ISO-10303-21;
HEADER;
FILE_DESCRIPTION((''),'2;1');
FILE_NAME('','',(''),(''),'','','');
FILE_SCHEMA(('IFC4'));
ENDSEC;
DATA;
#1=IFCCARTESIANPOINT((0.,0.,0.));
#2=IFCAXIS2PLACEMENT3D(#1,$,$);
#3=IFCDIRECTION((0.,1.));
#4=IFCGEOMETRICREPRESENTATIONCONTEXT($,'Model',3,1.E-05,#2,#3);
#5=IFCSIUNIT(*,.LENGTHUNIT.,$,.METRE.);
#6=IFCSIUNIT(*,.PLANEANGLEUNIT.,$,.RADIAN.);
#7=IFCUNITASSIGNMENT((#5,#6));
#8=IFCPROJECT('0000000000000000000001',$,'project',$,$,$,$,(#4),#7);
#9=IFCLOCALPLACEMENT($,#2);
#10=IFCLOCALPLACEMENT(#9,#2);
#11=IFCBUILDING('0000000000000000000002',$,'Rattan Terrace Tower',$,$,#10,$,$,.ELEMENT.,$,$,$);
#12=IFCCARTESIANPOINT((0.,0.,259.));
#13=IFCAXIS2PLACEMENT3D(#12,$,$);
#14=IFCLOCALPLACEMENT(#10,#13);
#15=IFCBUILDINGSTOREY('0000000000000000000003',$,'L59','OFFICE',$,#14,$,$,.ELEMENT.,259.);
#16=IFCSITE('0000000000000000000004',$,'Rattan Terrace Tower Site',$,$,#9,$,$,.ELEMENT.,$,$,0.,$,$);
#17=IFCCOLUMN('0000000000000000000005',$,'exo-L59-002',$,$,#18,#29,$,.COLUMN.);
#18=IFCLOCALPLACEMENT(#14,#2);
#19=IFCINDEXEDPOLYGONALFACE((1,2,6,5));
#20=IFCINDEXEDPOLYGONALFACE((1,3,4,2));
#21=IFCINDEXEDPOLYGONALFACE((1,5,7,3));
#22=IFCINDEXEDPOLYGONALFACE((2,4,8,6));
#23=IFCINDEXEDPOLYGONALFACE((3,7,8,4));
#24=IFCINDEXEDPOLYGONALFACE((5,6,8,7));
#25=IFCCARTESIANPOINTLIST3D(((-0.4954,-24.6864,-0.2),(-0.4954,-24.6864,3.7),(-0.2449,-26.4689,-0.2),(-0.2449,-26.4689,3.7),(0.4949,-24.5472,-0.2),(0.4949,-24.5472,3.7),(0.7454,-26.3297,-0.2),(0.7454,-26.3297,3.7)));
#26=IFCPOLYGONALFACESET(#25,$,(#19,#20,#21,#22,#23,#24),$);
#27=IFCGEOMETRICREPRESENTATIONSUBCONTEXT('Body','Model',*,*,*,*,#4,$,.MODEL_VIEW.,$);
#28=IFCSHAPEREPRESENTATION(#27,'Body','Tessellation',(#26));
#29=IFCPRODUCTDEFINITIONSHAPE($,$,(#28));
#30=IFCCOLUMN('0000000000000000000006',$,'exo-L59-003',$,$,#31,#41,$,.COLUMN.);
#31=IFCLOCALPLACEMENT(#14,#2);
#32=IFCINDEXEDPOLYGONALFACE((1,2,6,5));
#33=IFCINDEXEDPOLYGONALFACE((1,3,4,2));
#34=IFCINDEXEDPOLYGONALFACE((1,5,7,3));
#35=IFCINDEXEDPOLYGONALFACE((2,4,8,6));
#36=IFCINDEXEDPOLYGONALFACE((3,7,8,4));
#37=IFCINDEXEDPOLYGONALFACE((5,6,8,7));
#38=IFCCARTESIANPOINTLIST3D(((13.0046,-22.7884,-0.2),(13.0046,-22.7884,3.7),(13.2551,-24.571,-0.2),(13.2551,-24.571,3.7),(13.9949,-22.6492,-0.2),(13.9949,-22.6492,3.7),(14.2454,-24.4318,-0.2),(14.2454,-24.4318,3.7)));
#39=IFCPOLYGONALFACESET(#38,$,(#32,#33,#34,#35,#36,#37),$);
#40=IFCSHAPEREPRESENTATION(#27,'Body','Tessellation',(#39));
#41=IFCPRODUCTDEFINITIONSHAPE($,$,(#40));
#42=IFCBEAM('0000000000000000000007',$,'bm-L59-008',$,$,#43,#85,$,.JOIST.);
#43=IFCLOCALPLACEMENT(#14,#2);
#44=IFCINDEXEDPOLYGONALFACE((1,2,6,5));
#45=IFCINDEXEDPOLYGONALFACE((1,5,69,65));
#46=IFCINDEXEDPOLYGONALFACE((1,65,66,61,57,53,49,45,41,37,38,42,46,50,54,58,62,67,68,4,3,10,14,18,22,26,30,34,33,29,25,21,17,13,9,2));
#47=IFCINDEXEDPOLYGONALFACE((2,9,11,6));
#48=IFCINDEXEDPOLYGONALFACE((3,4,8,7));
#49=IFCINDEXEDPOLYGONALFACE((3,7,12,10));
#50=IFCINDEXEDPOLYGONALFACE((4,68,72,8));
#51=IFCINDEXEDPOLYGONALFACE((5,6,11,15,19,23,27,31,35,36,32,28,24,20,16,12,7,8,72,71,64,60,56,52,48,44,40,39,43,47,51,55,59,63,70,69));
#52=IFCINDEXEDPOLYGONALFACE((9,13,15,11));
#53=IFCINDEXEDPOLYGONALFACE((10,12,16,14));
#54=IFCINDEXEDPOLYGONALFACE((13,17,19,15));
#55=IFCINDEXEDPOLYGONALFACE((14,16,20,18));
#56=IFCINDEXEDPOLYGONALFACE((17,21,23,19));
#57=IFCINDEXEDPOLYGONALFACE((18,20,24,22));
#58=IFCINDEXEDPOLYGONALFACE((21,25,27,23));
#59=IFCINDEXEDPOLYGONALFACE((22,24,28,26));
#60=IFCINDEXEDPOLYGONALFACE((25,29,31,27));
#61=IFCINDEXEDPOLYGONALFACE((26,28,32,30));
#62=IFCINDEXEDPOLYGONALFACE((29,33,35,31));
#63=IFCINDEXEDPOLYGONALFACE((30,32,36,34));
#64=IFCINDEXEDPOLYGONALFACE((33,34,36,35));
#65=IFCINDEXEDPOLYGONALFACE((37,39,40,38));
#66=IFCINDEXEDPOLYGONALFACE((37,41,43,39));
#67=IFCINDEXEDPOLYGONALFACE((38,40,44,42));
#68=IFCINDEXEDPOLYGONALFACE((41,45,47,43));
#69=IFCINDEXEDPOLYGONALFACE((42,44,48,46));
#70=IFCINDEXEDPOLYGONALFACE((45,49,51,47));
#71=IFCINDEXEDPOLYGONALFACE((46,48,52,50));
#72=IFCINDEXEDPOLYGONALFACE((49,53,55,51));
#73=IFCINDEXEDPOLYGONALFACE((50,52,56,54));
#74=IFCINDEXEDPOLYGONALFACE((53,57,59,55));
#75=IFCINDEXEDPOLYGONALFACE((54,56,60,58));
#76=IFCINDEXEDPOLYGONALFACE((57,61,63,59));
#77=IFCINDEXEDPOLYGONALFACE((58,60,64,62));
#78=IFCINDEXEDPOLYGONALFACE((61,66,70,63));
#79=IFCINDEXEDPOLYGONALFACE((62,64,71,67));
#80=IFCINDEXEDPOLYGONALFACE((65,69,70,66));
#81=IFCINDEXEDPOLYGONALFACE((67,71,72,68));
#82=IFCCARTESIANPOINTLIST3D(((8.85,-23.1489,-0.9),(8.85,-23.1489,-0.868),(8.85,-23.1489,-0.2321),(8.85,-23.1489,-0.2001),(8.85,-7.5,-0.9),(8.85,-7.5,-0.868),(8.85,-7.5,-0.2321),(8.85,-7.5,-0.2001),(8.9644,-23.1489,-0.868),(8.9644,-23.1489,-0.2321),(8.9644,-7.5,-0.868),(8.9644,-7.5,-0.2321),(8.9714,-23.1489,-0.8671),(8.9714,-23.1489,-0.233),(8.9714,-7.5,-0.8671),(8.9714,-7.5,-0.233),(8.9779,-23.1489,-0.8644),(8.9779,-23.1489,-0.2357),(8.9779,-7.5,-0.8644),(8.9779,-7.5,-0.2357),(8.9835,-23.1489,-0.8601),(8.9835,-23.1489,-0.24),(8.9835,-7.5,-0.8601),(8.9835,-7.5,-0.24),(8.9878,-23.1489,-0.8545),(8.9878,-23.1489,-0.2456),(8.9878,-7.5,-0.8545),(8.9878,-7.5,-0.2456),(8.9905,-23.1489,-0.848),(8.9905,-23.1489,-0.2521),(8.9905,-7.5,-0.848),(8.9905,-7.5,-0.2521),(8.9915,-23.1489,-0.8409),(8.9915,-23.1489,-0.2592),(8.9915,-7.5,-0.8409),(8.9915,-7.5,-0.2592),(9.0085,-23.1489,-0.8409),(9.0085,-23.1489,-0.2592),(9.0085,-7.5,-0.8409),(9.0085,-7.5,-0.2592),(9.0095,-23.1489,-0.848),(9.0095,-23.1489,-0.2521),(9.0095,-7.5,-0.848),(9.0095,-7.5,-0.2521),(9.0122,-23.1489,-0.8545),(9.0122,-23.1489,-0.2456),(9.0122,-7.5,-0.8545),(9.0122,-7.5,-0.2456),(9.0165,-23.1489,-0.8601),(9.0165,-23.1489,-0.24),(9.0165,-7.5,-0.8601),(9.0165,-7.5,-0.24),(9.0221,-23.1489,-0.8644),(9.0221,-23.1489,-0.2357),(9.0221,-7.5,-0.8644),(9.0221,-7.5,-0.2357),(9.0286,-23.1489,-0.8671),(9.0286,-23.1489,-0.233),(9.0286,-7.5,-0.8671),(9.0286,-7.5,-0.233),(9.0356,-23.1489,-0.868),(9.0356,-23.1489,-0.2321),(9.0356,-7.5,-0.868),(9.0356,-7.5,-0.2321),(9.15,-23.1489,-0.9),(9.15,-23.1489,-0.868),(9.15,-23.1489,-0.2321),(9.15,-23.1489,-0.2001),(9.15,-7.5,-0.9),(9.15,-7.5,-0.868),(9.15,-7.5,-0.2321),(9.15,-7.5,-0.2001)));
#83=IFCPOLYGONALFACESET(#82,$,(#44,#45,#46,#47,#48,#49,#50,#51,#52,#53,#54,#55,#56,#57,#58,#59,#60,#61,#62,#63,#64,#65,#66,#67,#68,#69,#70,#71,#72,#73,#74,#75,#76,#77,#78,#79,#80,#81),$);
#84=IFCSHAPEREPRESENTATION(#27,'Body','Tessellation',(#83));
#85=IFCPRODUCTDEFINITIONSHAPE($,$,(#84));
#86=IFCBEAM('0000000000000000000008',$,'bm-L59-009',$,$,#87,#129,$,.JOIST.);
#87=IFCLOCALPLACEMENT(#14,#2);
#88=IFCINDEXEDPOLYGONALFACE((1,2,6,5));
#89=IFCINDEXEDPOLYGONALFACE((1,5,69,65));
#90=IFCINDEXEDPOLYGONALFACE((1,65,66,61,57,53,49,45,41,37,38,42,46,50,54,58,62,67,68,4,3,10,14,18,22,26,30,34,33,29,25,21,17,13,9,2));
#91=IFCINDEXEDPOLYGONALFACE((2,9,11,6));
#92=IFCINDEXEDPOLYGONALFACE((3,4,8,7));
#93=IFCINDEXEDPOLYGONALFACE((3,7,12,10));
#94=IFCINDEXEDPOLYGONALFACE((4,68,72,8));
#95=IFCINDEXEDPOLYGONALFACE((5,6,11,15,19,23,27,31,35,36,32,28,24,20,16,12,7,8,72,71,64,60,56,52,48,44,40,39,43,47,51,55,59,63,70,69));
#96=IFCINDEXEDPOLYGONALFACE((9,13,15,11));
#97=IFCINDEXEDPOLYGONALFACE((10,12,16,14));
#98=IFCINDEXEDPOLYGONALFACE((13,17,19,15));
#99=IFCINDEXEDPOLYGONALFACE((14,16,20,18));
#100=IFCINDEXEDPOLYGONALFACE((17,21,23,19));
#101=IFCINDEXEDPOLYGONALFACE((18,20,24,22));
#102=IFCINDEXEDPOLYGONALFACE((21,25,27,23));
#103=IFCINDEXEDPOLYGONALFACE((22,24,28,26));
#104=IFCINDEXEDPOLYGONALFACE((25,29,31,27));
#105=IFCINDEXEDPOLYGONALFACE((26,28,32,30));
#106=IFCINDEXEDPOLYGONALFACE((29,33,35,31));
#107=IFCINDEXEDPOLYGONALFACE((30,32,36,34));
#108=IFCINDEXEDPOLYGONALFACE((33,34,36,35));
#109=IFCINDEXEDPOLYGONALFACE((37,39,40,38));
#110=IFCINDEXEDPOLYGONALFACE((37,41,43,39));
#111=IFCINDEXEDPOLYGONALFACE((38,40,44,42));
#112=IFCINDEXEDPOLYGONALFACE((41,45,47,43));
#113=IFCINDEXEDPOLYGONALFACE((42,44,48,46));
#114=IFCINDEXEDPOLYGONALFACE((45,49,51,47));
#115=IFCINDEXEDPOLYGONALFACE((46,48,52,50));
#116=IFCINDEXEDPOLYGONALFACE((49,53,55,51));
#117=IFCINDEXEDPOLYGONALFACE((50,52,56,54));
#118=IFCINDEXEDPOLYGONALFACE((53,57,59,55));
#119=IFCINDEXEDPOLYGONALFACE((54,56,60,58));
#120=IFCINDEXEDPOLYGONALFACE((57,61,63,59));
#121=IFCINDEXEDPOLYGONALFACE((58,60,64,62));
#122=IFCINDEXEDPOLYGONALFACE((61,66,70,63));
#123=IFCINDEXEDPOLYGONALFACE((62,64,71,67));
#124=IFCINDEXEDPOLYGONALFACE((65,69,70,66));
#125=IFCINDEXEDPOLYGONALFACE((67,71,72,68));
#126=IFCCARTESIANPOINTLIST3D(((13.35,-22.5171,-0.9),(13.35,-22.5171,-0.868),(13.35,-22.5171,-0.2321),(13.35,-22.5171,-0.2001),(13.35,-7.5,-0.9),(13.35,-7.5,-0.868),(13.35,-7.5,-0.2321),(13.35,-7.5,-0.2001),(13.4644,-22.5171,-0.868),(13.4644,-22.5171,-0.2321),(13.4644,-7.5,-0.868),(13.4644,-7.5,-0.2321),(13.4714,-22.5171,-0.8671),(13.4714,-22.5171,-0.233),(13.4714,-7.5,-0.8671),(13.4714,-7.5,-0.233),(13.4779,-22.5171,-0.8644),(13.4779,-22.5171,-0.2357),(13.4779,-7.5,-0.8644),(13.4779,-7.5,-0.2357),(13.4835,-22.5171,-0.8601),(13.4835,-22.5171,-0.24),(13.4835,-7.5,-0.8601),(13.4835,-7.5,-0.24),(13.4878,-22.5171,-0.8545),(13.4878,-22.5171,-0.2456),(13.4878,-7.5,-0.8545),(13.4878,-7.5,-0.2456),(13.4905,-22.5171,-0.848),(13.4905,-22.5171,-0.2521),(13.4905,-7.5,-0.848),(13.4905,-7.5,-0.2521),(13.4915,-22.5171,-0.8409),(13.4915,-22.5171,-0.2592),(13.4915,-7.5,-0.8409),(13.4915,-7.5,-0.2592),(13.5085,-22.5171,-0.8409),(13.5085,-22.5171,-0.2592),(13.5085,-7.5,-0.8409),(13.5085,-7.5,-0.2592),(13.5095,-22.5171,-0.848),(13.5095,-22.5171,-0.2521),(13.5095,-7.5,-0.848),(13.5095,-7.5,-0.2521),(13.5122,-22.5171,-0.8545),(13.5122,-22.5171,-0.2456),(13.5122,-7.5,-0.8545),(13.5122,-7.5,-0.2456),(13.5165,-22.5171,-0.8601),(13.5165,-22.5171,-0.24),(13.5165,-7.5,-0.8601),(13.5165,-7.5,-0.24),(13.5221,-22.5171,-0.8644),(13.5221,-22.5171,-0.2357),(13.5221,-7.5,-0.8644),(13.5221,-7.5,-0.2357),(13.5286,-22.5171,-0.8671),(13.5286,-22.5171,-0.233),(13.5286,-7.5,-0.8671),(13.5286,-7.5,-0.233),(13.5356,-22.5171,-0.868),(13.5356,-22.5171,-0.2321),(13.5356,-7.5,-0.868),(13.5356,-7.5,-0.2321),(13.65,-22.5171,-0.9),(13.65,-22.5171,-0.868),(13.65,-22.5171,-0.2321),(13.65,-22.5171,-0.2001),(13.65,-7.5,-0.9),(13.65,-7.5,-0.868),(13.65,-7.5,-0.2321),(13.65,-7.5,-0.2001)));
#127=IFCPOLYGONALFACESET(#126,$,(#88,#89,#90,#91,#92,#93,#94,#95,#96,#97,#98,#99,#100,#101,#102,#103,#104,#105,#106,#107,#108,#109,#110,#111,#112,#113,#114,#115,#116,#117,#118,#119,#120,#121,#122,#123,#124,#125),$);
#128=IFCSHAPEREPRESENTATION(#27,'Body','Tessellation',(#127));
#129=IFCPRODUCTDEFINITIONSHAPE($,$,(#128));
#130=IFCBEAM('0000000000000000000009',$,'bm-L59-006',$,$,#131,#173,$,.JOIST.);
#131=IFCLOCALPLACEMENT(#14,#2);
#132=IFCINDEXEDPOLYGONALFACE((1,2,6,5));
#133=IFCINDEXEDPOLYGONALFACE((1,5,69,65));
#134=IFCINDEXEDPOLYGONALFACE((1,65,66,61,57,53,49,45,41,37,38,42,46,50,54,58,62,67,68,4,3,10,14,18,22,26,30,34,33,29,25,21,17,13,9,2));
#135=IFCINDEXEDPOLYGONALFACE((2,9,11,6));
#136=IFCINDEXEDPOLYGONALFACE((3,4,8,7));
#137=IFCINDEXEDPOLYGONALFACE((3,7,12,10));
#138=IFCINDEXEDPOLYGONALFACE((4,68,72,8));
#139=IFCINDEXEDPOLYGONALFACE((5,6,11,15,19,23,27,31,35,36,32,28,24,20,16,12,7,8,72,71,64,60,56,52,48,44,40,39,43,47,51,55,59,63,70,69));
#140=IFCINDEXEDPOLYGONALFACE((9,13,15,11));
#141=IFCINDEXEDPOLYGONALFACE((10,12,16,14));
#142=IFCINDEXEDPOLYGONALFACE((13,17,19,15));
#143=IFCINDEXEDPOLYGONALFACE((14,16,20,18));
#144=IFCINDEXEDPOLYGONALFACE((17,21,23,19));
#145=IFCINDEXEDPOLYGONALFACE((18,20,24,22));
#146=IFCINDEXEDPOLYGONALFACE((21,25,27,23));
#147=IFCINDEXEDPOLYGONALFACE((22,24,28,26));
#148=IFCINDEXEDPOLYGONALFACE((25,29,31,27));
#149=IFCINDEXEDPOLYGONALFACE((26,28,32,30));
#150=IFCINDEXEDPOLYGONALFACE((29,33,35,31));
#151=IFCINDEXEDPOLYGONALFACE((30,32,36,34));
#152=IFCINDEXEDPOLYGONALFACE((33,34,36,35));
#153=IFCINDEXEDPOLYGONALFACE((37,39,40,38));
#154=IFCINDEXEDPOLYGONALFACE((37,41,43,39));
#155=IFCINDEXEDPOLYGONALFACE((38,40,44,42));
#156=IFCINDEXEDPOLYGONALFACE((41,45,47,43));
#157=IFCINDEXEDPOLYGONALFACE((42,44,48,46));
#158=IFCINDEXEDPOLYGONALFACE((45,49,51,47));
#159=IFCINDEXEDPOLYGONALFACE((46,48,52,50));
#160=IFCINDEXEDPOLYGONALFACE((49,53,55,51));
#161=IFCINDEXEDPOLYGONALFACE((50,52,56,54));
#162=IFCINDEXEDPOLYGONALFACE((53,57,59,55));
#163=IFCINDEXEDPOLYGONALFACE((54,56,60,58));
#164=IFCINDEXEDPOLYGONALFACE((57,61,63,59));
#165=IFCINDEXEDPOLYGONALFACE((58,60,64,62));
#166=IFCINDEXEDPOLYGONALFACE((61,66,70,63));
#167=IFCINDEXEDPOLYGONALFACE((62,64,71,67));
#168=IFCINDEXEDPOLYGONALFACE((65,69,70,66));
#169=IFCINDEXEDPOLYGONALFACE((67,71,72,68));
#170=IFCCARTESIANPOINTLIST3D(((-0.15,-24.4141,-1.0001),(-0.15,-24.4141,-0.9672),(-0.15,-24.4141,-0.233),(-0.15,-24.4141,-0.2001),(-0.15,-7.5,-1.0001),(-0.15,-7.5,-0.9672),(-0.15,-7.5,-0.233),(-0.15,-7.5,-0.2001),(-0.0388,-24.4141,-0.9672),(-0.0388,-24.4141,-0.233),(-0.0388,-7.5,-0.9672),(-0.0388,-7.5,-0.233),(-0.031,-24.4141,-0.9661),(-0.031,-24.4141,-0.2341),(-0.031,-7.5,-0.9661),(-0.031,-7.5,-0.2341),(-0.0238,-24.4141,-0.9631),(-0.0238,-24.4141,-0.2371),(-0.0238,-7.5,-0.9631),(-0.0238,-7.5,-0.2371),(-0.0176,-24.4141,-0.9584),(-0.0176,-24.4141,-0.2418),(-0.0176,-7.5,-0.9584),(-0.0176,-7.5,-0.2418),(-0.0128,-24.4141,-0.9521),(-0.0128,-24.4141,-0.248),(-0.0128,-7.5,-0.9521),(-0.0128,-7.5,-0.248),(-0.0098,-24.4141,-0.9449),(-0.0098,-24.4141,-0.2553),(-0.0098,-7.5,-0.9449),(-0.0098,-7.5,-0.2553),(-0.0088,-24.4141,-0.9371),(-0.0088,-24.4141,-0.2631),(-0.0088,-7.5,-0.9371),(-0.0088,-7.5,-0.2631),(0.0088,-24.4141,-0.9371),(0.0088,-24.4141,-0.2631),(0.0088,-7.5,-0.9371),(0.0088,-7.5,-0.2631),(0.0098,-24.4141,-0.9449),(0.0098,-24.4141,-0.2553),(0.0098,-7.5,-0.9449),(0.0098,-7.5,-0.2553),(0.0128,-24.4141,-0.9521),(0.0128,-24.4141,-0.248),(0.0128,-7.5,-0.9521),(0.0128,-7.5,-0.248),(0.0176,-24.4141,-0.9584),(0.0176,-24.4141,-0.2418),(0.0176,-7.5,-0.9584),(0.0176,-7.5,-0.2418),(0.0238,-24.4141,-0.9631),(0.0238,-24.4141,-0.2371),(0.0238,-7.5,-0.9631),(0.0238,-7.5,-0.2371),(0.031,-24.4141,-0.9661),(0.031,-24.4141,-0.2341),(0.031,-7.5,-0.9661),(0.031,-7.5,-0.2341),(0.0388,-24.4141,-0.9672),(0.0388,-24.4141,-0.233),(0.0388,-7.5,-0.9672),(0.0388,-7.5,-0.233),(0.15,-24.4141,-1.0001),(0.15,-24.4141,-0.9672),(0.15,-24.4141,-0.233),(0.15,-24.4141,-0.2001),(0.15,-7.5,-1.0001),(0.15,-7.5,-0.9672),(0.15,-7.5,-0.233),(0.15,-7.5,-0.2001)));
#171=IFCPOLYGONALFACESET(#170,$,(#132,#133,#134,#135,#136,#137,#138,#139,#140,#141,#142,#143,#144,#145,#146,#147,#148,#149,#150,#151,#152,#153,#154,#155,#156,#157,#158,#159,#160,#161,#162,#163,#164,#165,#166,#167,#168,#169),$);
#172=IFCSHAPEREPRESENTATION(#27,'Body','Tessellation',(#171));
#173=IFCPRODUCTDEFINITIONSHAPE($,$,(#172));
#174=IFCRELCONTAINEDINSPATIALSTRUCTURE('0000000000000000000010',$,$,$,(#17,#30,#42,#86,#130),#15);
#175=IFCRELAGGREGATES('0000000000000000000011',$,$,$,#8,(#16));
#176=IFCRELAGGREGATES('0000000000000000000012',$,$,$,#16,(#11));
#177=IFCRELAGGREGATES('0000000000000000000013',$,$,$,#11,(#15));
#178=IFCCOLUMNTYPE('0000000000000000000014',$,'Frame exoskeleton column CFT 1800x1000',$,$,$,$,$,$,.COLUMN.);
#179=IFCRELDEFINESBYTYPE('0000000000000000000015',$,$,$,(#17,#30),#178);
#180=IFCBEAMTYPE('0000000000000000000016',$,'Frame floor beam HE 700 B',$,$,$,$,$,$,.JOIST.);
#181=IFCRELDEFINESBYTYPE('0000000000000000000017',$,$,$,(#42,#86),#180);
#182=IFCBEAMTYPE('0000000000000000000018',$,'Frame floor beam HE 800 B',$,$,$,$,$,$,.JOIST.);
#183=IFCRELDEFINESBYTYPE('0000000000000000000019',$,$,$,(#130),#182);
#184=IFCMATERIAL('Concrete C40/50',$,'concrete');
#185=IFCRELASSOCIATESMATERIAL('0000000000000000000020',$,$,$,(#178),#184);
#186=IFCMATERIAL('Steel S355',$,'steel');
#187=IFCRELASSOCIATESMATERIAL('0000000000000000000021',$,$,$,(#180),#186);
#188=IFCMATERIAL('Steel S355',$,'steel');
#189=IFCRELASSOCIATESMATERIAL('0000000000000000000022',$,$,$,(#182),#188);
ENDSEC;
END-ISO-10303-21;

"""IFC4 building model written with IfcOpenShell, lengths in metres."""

from ifc_helpers import new_model, si_unit, direction, frame, origin, origin_2d, place, context, subcontext, project, spatial, rectangle, i_section, extrude, material, material_profile, profile_set, type_object, element, save


model = new_model("IFC4")

# Units and contexts
model_context = context("Model", 3, precision=1e-05, world=origin(), true_north=direction((0.0, 1.0)))
body_context = subcontext(model_context, "Body", "Model", "MODEL_VIEW")
ifc_project = project(units=[si_unit("LENGTHUNIT", "METRE"), si_unit("PLANEANGLEUNIT", "RADIAN")], contexts=[model_context])

# Site, building, storey
site_placement = place(None, origin())
site = spatial("IfcSite", under=ifc_project, at=site_placement, Name="Rattan Terrace Tower Site", CompositionType="ELEMENT", RefElevation=0.0)
building_placement = place(site_placement, origin())
building = spatial("IfcBuilding", under=site, at=building_placement, Name="Rattan Terrace Tower", CompositionType="ELEMENT")
storey_placement = place(building_placement, frame((0.0, 0.0, 259.0)))
storey = spatial("IfcBuildingStorey", under=building, at=storey_placement, Name="L59", Description="OFFICE", CompositionType="ELEMENT", Elevation=259.0)

# Columns
ifc_material_1 = material(Name="Concrete C40/50", Category="concrete")
ifc_material_profile_1 = material_profile(ifc_material_1, rectangle(XDim=1.0, YDim=1.8, at=origin_2d()), Name="CFT 1800x1000")
ifc_profile_set_1 = profile_set([ifc_material_profile_1], Name="Concrete C40/50")
column_type = type_object("IfcColumnType", Name="Frame exoskeleton column CFT 1800x1000", PredefinedType="COLUMN", material=ifc_profile_set_1)
for number, where, z_axis, x_axis, name in (
    (1, (0.125, -25.5081, -0.2), (0.0, 0.0, 1.0), (0.990266, 0.13919, 0.0), "exo-L59-002"),
    (2, (13.625, -23.6101, -0.2), (0.0, 0.0, 1.0), (0.990266, 0.13919, 0.0), "exo-L59-003"),
):
    element("IfcColumn", number, at=place(storey_placement, frame(where, z_axis=z_axis, x_axis=x_axis)), inside=storey, type_object=column_type, Name=name, PredefinedType="COLUMN", context=body_context, shape_type="SweptSolid", body=[
        extrude(rectangle(XDim=1.0, YDim=1.8, at=origin_2d()), origin(), (0.0, 0.0, 1.0), 3.8999),
    ])

# Beams
ifc_material_2 = material(Name="Steel S355", Category="steel")
ifc_material_profile_2 = material_profile(ifc_material_2, i_section(OverallWidth=0.3, OverallDepth=0.7, WebThickness=0.0171, FlangeThickness=0.032, FilletRadius=0.0271, at=origin_2d()), Name="HE 700 B")
ifc_profile_set_2 = profile_set([ifc_material_profile_2], Name="Steel S355")
beam_type_1 = type_object("IfcBeamType", Name="Frame floor beam HE 700 B", PredefinedType="JOIST", material=ifc_profile_set_2)
beam_1_placement = place(storey_placement, frame((9.0, -23.1489, -0.55), z_axis=(0.0, 1.0, 0.0), x_axis=(-1.0, 0.0, 0.0)))
element("IfcBeam", 3, at=beam_1_placement, inside=storey, type_object=beam_type_1, Name="bm-L59-008", PredefinedType="JOIST", context=body_context, shape_type="SweptSolid", body=[
    extrude(i_section(OverallWidth=0.3, OverallDepth=0.7, WebThickness=0.0171, FlangeThickness=0.032, FilletRadius=0.0271, at=origin_2d()), origin(), (0.0, 0.0, 1.0), 15.6489),
])
beam_2_placement = place(storey_placement, frame((13.5, -22.5171, -0.55), z_axis=(0.0, 1.0, 0.0), x_axis=(-1.0, 0.0, 0.0)))
element("IfcBeam", 4, at=beam_2_placement, inside=storey, type_object=beam_type_1, Name="bm-L59-009", PredefinedType="JOIST", context=body_context, shape_type="SweptSolid", body=[
    extrude(i_section(OverallWidth=0.3, OverallDepth=0.7, WebThickness=0.0171, FlangeThickness=0.032, FilletRadius=0.0271, at=origin_2d()), origin(), (0.0, 0.0, 1.0), 15.0171),
])
ifc_material_3 = material(Name="Steel S355", Category="steel")
ifc_material_profile_3 = material_profile(ifc_material_3, i_section(OverallWidth=0.3, OverallDepth=0.8, WebThickness=0.0176, FlangeThickness=0.033, FilletRadius=0.03, at=origin_2d()), Name="HE 800 B")
ifc_profile_set_3 = profile_set([ifc_material_profile_3], Name="Steel S355")
beam_type_2 = type_object("IfcBeamType", Name="Frame floor beam HE 800 B", PredefinedType="JOIST", material=ifc_profile_set_3)
beam_3_placement = place(storey_placement, frame((0.0, -24.4141, -0.6001), z_axis=(0.0, 1.0, 0.0), x_axis=(-1.0, 0.0, 0.0)))
element("IfcBeam", 5, at=beam_3_placement, inside=storey, type_object=beam_type_2, Name="bm-L59-006", PredefinedType="JOIST", context=body_context, shape_type="SweptSolid", body=[
    extrude(i_section(OverallWidth=0.3, OverallDepth=0.8, WebThickness=0.0176, FlangeThickness=0.033, FilletRadius=0.03, at=origin_2d()), origin(), (0.0, 0.0, 1.0), 16.9141),
])

save(model, "model.ifc")
